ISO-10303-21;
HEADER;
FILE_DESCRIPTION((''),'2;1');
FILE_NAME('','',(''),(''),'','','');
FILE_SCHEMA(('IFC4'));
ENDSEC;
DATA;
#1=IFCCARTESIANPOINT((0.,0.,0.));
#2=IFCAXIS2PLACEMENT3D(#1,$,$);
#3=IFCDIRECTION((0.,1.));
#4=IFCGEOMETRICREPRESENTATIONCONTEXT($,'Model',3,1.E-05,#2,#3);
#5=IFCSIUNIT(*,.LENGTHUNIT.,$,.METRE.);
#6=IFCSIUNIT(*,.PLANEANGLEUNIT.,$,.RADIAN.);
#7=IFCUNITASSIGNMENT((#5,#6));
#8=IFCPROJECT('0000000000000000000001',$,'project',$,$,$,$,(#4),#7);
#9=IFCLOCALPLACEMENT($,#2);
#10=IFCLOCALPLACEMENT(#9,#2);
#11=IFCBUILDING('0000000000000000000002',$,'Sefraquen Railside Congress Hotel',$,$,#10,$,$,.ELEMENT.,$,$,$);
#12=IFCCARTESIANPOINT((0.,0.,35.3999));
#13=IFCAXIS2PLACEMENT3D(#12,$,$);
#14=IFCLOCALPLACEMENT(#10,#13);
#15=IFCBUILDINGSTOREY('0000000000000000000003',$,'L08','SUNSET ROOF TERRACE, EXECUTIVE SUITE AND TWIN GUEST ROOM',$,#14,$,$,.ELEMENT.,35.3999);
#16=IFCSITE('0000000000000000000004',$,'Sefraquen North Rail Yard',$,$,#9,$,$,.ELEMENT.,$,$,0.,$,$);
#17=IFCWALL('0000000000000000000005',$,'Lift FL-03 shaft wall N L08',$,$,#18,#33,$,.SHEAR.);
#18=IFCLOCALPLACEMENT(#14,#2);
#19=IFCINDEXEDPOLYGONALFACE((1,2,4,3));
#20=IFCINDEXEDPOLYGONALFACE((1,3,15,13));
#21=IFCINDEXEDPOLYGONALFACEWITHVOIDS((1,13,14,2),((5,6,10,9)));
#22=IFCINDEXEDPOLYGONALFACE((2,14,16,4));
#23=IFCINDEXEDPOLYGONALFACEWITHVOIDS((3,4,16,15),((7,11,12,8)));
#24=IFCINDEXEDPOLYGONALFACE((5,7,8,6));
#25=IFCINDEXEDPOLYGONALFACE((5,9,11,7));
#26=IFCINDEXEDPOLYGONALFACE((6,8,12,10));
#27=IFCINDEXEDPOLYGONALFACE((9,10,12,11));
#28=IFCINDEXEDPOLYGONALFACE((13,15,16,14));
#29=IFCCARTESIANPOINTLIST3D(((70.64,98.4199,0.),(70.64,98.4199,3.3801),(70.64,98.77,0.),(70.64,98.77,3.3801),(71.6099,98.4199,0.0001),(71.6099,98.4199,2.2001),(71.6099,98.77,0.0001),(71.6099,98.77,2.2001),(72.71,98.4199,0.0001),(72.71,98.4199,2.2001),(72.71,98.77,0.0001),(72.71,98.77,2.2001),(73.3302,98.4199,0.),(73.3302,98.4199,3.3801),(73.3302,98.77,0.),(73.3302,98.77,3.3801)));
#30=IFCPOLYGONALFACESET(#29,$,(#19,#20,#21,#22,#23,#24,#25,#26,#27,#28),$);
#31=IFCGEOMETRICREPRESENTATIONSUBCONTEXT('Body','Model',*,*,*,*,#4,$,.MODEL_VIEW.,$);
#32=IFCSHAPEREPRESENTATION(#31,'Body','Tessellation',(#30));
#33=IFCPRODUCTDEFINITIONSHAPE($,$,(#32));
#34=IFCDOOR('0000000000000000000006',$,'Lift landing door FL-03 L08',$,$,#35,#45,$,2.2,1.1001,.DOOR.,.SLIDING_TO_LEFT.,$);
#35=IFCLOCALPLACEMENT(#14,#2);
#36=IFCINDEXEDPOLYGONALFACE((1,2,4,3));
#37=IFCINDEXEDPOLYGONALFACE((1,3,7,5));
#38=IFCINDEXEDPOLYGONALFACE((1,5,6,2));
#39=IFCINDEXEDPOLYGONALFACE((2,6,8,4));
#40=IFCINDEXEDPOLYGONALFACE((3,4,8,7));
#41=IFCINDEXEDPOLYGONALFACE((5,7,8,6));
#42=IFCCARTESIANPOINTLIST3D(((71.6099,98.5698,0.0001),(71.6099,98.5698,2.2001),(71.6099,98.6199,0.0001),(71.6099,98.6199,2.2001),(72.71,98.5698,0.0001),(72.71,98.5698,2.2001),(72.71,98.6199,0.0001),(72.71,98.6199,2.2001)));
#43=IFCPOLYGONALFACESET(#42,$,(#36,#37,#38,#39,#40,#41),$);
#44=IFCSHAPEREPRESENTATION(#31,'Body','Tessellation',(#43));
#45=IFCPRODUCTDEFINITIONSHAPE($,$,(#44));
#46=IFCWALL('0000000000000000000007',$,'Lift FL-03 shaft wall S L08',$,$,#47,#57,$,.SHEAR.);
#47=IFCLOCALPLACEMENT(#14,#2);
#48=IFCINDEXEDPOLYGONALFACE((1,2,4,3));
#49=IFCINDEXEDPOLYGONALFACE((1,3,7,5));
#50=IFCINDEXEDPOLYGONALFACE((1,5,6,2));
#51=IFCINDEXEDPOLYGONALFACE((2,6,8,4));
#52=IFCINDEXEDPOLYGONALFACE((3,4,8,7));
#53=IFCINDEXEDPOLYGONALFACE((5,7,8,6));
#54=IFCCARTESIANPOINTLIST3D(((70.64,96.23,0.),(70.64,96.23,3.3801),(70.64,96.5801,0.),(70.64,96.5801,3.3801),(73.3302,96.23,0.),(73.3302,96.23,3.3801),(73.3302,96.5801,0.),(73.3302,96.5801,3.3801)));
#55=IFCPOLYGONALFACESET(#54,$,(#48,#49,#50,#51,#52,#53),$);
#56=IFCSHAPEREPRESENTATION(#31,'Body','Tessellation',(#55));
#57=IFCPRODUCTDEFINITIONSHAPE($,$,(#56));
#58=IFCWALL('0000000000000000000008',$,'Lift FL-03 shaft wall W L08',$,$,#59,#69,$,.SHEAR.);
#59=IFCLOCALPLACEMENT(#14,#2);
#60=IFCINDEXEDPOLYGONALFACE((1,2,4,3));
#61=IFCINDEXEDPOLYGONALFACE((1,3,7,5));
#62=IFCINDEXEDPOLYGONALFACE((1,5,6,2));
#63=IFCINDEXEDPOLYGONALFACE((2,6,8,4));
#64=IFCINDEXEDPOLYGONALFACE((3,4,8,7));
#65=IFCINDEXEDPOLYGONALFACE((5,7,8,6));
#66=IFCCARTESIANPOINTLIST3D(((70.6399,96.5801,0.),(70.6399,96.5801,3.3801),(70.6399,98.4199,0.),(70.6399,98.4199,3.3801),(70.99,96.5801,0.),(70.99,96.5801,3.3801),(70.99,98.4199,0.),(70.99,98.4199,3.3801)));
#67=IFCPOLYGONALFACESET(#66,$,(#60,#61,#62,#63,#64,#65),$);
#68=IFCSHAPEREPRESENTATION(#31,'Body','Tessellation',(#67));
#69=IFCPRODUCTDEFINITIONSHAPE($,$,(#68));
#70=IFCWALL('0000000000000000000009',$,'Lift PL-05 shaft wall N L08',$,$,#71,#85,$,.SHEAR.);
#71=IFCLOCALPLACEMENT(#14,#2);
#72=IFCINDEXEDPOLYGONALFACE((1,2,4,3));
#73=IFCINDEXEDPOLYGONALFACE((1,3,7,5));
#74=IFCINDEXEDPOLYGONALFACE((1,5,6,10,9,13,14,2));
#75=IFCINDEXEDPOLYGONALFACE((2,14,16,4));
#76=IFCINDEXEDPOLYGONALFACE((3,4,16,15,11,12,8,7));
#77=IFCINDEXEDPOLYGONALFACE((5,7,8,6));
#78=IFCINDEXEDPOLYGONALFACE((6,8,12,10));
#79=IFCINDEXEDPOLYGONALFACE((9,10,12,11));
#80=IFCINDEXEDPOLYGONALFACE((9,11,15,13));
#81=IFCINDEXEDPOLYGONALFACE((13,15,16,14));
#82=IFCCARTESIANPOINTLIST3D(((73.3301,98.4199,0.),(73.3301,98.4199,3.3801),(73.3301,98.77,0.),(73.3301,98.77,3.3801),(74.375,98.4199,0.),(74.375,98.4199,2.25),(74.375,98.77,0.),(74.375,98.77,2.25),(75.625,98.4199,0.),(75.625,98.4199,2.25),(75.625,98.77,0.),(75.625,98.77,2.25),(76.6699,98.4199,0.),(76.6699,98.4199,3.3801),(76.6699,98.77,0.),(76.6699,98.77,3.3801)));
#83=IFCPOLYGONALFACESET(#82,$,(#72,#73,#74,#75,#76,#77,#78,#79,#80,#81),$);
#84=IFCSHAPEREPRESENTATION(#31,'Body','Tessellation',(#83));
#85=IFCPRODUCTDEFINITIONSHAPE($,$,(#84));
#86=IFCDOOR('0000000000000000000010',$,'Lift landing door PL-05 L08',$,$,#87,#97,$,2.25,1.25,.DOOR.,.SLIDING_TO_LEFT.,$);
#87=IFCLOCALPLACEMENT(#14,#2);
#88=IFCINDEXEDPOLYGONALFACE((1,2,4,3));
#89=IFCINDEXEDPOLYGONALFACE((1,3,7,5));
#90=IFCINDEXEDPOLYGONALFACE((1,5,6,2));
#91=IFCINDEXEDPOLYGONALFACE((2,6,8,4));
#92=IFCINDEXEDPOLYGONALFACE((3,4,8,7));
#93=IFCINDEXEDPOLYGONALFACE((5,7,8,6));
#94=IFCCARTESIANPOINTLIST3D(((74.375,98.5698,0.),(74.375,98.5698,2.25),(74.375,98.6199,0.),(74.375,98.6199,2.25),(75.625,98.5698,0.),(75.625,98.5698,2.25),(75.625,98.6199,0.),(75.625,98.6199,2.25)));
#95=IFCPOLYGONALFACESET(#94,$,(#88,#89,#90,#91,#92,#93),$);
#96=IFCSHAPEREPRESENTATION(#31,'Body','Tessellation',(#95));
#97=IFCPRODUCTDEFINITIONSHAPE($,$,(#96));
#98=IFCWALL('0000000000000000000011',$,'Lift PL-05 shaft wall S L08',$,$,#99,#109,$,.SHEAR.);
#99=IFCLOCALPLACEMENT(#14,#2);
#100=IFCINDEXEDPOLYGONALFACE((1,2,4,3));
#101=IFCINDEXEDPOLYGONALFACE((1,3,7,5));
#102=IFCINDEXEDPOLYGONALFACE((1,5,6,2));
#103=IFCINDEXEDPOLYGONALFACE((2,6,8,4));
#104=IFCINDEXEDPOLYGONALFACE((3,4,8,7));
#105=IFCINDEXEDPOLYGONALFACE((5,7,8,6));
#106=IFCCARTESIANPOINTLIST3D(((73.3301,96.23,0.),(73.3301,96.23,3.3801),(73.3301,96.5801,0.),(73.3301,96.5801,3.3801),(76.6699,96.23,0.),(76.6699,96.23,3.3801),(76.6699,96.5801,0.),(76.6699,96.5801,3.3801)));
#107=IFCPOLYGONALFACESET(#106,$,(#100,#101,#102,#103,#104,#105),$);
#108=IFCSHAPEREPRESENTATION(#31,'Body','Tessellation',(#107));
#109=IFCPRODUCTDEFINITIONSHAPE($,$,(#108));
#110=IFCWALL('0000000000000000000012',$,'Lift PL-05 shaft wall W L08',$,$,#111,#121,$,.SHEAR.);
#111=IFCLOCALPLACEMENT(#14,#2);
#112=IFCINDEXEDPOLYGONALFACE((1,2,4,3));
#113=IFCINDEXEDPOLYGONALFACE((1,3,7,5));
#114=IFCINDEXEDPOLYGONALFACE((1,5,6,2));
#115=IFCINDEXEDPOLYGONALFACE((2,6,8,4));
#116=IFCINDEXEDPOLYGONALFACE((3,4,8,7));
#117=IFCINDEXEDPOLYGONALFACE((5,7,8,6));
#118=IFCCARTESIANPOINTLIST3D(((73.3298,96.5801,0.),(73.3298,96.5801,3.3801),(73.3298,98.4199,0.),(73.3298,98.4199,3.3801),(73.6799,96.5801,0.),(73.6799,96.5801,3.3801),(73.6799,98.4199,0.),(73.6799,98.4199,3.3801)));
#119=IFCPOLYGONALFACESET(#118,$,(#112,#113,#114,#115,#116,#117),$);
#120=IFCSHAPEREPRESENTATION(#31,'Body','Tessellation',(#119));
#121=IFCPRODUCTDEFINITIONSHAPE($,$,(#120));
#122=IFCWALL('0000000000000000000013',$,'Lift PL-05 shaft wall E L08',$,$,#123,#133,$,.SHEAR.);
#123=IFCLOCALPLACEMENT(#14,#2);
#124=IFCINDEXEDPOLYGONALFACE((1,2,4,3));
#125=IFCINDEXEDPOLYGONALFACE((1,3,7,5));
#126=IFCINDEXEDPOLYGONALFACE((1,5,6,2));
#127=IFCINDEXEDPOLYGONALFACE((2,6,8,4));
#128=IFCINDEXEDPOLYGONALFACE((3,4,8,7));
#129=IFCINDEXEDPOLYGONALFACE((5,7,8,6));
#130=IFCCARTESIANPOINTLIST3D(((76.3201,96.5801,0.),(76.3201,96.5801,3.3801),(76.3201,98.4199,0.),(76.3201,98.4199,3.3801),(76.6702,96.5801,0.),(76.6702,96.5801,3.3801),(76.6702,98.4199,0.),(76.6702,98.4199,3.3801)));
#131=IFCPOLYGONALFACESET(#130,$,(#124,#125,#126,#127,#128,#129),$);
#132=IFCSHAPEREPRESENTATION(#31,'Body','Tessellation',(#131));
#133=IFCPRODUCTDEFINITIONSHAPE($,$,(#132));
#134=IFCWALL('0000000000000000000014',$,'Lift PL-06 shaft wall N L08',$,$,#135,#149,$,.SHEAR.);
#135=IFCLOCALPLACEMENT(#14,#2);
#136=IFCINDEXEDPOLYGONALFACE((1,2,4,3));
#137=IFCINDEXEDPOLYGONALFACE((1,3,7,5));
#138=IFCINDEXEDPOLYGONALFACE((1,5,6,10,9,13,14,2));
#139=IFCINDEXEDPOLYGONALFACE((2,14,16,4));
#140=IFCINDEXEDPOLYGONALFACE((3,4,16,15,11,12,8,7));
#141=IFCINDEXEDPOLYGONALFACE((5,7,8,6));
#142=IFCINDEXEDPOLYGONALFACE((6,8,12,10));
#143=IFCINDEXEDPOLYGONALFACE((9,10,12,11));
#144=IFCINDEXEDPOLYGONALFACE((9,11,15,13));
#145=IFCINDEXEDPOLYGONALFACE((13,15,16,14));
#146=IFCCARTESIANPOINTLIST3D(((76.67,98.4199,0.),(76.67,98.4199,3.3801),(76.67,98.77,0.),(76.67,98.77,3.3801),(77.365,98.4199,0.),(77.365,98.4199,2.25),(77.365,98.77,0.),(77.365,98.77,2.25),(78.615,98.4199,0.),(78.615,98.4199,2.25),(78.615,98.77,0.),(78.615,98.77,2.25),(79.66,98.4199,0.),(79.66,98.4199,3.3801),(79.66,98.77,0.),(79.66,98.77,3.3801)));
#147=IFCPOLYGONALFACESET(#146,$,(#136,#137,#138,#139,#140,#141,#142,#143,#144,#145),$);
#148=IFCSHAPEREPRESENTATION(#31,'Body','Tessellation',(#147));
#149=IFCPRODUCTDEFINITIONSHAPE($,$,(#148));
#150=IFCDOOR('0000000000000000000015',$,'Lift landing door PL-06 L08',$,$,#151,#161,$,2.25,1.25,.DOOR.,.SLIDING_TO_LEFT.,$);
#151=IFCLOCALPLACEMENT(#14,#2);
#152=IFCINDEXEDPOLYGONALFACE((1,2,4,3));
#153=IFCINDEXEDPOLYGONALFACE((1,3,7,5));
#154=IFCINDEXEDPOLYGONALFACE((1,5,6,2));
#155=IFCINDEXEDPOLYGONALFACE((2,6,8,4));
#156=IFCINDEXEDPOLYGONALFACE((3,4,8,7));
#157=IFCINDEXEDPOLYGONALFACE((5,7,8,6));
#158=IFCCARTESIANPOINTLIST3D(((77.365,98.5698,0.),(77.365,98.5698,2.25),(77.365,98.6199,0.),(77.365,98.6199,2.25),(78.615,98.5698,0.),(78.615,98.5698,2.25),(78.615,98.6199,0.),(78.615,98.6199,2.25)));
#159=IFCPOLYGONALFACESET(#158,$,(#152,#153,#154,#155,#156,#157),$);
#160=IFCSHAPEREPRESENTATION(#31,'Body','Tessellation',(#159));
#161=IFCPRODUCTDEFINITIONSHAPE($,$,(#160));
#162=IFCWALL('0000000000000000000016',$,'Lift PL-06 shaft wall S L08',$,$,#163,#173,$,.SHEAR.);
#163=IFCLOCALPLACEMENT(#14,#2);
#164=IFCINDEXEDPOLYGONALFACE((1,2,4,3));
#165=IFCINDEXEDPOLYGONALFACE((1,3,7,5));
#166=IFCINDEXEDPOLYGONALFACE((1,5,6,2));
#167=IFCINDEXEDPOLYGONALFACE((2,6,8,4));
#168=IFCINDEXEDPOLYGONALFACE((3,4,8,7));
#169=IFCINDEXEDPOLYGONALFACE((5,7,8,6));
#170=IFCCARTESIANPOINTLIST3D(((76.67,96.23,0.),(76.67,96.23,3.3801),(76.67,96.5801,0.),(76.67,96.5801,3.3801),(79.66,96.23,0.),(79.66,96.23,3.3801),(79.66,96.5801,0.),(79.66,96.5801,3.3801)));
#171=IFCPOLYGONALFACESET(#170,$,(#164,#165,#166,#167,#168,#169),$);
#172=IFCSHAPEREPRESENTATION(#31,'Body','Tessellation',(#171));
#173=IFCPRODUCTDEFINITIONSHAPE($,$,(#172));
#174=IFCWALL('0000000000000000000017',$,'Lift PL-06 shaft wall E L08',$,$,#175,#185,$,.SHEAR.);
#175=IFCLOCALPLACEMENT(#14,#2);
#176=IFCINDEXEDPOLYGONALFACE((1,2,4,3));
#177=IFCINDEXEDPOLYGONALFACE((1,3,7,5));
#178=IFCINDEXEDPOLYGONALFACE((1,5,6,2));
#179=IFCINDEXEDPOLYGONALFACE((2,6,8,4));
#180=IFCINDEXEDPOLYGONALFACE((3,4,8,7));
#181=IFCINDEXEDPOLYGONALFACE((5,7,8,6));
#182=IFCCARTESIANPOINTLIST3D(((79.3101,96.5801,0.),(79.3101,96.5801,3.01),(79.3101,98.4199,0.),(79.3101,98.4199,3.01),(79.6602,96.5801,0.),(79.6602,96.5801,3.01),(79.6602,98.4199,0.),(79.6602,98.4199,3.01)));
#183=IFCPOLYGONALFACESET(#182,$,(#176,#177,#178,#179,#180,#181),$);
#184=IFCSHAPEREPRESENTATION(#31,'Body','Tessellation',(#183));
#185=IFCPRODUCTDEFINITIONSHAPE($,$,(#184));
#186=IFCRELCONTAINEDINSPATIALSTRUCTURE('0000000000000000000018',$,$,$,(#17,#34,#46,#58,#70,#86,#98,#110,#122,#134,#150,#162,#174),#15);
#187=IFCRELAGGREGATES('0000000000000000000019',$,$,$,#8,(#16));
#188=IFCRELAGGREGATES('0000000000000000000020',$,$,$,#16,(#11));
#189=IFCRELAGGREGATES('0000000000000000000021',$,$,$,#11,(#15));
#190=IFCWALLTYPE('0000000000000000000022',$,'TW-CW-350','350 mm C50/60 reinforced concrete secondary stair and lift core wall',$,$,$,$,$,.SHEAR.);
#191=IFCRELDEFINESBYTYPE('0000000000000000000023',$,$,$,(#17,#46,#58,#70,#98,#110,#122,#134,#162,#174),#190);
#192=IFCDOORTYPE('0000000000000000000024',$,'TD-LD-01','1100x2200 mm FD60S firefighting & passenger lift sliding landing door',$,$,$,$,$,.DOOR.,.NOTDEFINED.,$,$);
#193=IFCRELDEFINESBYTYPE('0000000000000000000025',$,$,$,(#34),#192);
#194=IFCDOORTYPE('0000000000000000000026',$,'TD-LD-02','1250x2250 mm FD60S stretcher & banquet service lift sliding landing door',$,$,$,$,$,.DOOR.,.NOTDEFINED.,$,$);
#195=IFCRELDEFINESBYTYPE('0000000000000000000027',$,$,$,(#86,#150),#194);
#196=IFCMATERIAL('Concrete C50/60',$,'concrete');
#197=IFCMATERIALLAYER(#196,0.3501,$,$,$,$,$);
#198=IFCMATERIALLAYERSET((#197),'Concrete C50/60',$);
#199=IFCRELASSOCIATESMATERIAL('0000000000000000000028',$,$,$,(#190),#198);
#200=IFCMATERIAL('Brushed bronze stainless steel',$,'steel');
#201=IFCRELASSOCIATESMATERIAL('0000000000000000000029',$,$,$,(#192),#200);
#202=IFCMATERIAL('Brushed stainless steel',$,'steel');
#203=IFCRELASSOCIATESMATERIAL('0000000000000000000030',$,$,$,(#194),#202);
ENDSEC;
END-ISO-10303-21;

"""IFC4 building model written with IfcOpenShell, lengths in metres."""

from ifc_helpers import new_model, si_unit, direction, frame, frame_2d, origin, place, context, subcontext, project, spatial, rectangle, extrude, material, layer, layer_set, type_object, element, fill, save


model = new_model("IFC4")

# Units and contexts
model_context = context("Model", 3, precision=1e-05, world=origin(), true_north=direction((0.0, 1.0)))
body_context = subcontext(model_context, "Body", "Model", "MODEL_VIEW")
ifc_project = project(units=[si_unit("LENGTHUNIT", "METRE"), si_unit("PLANEANGLEUNIT", "RADIAN")], contexts=[model_context])

# Site, building, storey
site_placement = place(None, origin())
site = spatial("IfcSite", under=ifc_project, at=site_placement, Name="Sefraquen North Rail Yard", CompositionType="ELEMENT", RefElevation=0.0)
building_placement = place(site_placement, origin())
building = spatial("IfcBuilding", under=site, at=building_placement, Name="Sefraquen Railside Congress Hotel", CompositionType="ELEMENT")
storey_placement = place(building_placement, frame((0.0, 0.0, 35.3999)))
storey = spatial("IfcBuildingStorey", under=building, at=storey_placement, Name="L08", Description="SUNSET ROOF TERRACE, EXECUTIVE SUITE AND TWIN GUEST ROOM", CompositionType="ELEMENT", Elevation=35.3999)

# Wall, opening, door
ifc_material_1 = material(Name="Concrete C50/60", Category="concrete")
ifc_layer_1 = layer(ifc_material_1, 0.3501)
ifc_layer_set_1 = layer_set([ifc_layer_1], Name="Concrete C50/60")
wall_type_1 = type_object("IfcWallType", Name="TW-CW-350", Description="350 mm C50/60 reinforced concrete secondary stair and lift core wall", PredefinedType="SHEAR", material=ifc_layer_set_1)
wall_1_placement = place(storey_placement, frame((70.6399, 98.595, 0.0), z_axis=(0.0, 0.0, 1.0), x_axis=(1.0, 0.0, 0.0)))
wall_1 = element("IfcWall", 1, at=wall_1_placement, inside=storey, type_object=wall_type_1, Name="Lift FL-03 shaft wall N L08", PredefinedType="SHEAR", context=body_context, shape_type="SweptSolid", body=[
    extrude(rectangle(XDim=2.6902, YDim=0.3501, at=frame_2d((1.3452, 0.0))), origin(), (0.0, 0.0, 1.0), 3.3801),
])
opening_1_placement = place(wall_1_placement, frame((0.97, 0.0, 0.0)))
opening_1 = element("IfcOpeningElement", 2, at=opening_1_placement, cuts=wall_1, PredefinedType="OPENING", context=body_context, shape_type="SweptSolid", body=[
    extrude(rectangle(XDim=1.1001, YDim=2.2, at=frame_2d((0.55, 1.1001))), frame((0.0, 0.1851, 0.0), z_axis=(0.0, -1.0, 0.0), x_axis=(1.0, 0.0, 0.0)), (0.0, 0.0, 1.0), 0.3701),
])
ifc_material_2 = material(Name="Brushed bronze stainless steel", Category="steel")
door_type_1 = type_object("IfcDoorType", Name="TD-LD-01", Description="1100x2200 mm FD60S firefighting & passenger lift sliding landing door", OperationType="NOTDEFINED", PredefinedType="DOOR", material=ifc_material_2)
door_1_placement = place(opening_1_placement, origin())
door_1 = element("IfcDoor", 3, at=door_1_placement, inside=storey, type_object=door_type_1, Name="Lift landing door FL-03 L08", OperationType="SLIDING_TO_LEFT", OverallHeight=2.2, OverallWidth=1.1001, PredefinedType="DOOR", context=body_context, shape_type="SweptSolid", body=[
    extrude(rectangle(XDim=1.1001, YDim=2.2, at=frame_2d((0.55, 1.1001))), frame((0.0, 0.0249, 0.0), z_axis=(0.0, -1.0, 0.0), x_axis=(1.0, 0.0, 0.0)), (0.0, 0.0, 1.0), 0.05),
])
fill(opening_1, door_1)

# Walls
wall_2_placement = place(storey_placement, frame((70.6399, 96.405, 0.0), z_axis=(0.0, 0.0, 1.0), x_axis=(1.0, 0.0, 0.0)))
element("IfcWall", 4, at=wall_2_placement, inside=storey, type_object=wall_type_1, Name="Lift FL-03 shaft wall S L08", PredefinedType="SHEAR", context=body_context, shape_type="SweptSolid", body=[
    extrude(rectangle(XDim=2.6902, YDim=0.3501, at=frame_2d((1.3452, 0.0))), origin(), (0.0, 0.0, 1.0), 3.3801),
])
wall_3_placement = place(storey_placement, frame((70.8149, 96.5801, 0.0), z_axis=(0.0, 0.0, 1.0), x_axis=(0.0, 1.0, 0.0)))
element("IfcWall", 5, at=wall_3_placement, inside=storey, type_object=wall_type_1, Name="Lift FL-03 shaft wall W L08", PredefinedType="SHEAR", context=body_context, shape_type="SweptSolid", body=[
    extrude(rectangle(XDim=1.8398, YDim=0.3501, at=frame_2d((0.9199, 0.0))), origin(), (0.0, 0.0, 1.0), 3.3801),
])

# Wall, opening, door
wall_4_placement = place(storey_placement, frame((73.3301, 98.595, 0.0), z_axis=(0.0, 0.0, 1.0), x_axis=(1.0, 0.0, 0.0)))
wall_4 = element("IfcWall", 6, at=wall_4_placement, inside=storey, type_object=wall_type_1, Name="Lift PL-05 shaft wall N L08", PredefinedType="SHEAR", context=body_context, shape_type="SweptSolid", body=[
    extrude(rectangle(XDim=3.3398, YDim=0.3501, at=frame_2d((1.6699, 0.0))), origin(), (0.0, 0.0, 1.0), 3.3801),
])
opening_2_placement = place(wall_4_placement, frame((1.0449, 0.0, 0.0)))
opening_2 = element("IfcOpeningElement", 7, at=opening_2_placement, cuts=wall_4, PredefinedType="OPENING", context=body_context, shape_type="SweptSolid", body=[
    extrude(rectangle(XDim=1.25, YDim=2.25, at=frame_2d((0.625, 1.125))), frame((0.0, 0.1851, 0.0), z_axis=(0.0, -1.0, 0.0), x_axis=(1.0, 0.0, 0.0)), (0.0, 0.0, 1.0), 0.3701),
])
ifc_material_3 = material(Name="Brushed stainless steel", Category="steel")
door_type_2 = type_object("IfcDoorType", Name="TD-LD-02", Description="1250x2250 mm FD60S stretcher & banquet service lift sliding landing door", OperationType="NOTDEFINED", PredefinedType="DOOR", material=ifc_material_3)
door_2_placement = place(opening_2_placement, origin())
door_2 = element("IfcDoor", 8, at=door_2_placement, inside=storey, type_object=door_type_2, Name="Lift landing door PL-05 L08", OperationType="SLIDING_TO_LEFT", OverallHeight=2.25, OverallWidth=1.25, PredefinedType="DOOR", context=body_context, shape_type="SweptSolid", body=[
    extrude(rectangle(XDim=1.25, YDim=2.25, at=frame_2d((0.625, 1.125))), frame((0.0, 0.0249, 0.0), z_axis=(0.0, -1.0, 0.0), x_axis=(1.0, 0.0, 0.0)), (0.0, 0.0, 1.0), 0.05),
])
fill(opening_2, door_2)

# Walls
wall_5_placement = place(storey_placement, frame((73.3301, 96.405, 0.0), z_axis=(0.0, 0.0, 1.0), x_axis=(1.0, 0.0, 0.0)))
element("IfcWall", 9, at=wall_5_placement, inside=storey, type_object=wall_type_1, Name="Lift PL-05 shaft wall S L08", PredefinedType="SHEAR", context=body_context, shape_type="SweptSolid", body=[
    extrude(rectangle(XDim=3.3398, YDim=0.3501, at=frame_2d((1.6699, 0.0))), origin(), (0.0, 0.0, 1.0), 3.3801),
])
for number, where, z_axis, x_axis, name in (
    (10, (73.5049, 96.5801, 0.0), (0.0, 0.0, 1.0), (0.0, 1.0, 0.0), "Lift PL-05 shaft wall W L08"),
    (11, (76.4951, 96.5801, 0.0), (0.0, 0.0, 1.0), (0.0, 1.0, 0.0), "Lift PL-05 shaft wall E L08"),
):
    element("IfcWall", number, at=place(storey_placement, frame(where, z_axis=z_axis, x_axis=x_axis)), inside=storey, type_object=wall_type_1, Name=name, PredefinedType="SHEAR", context=body_context, shape_type="SweptSolid", body=[
        extrude(rectangle(XDim=1.8398, YDim=0.3501, at=frame_2d((0.9199, 0.0))), origin(), (0.0, 0.0, 1.0), 3.3801),
    ])

# Wall, opening, door
wall_6_placement = place(storey_placement, frame((76.6699, 98.595, 0.0), z_axis=(0.0, 0.0, 1.0), x_axis=(1.0, 0.0, 0.0)))
wall_6 = element("IfcWall", 12, at=wall_6_placement, inside=storey, type_object=wall_type_1, Name="Lift PL-06 shaft wall N L08", PredefinedType="SHEAR", context=body_context, shape_type="SweptSolid", body=[
    extrude(rectangle(XDim=2.99, YDim=0.3501, at=frame_2d((1.4951, 0.0))), origin(), (0.0, 0.0, 1.0), 3.3801),
])
opening_3_placement = place(wall_6_placement, frame((0.6951, 0.0, 0.0)))
opening_3 = element("IfcOpeningElement", 13, at=opening_3_placement, cuts=wall_6, PredefinedType="OPENING", context=body_context, shape_type="SweptSolid", body=[
    extrude(rectangle(XDim=1.25, YDim=2.25, at=frame_2d((0.625, 1.125))), frame((0.0, 0.1851, 0.0), z_axis=(0.0, -1.0, 0.0), x_axis=(1.0, 0.0, 0.0)), (0.0, 0.0, 1.0), 0.3701),
])
door_3_placement = place(opening_3_placement, origin())
door_3 = element("IfcDoor", 14, at=door_3_placement, inside=storey, type_object=door_type_2, Name="Lift landing door PL-06 L08", OperationType="SLIDING_TO_LEFT", OverallHeight=2.25, OverallWidth=1.25, PredefinedType="DOOR", context=body_context, shape_type="SweptSolid", body=[
    extrude(rectangle(XDim=1.25, YDim=2.25, at=frame_2d((0.625, 1.125))), frame((0.0, 0.0249, 0.0), z_axis=(0.0, -1.0, 0.0), x_axis=(1.0, 0.0, 0.0)), (0.0, 0.0, 1.0), 0.05),
])
fill(opening_3, door_3)

# Walls
wall_7_placement = place(storey_placement, frame((76.6699, 96.405, 0.0), z_axis=(0.0, 0.0, 1.0), x_axis=(1.0, 0.0, 0.0)))
element("IfcWall", 15, at=wall_7_placement, inside=storey, type_object=wall_type_1, Name="Lift PL-06 shaft wall S L08", PredefinedType="SHEAR", context=body_context, shape_type="SweptSolid", body=[
    extrude(rectangle(XDim=2.99, YDim=0.3501, at=frame_2d((1.4951, 0.0))), origin(), (0.0, 0.0, 1.0), 3.3801),
])
wall_8_placement = place(storey_placement, frame((79.4851, 96.5801, 0.0), z_axis=(0.0, 0.0, 1.0), x_axis=(0.0, 1.0, 0.0)))
element("IfcWall", 16, at=wall_8_placement, inside=storey, type_object=wall_type_1, Name="Lift PL-06 shaft wall E L08", PredefinedType="SHEAR", context=body_context, shape_type="SweptSolid", body=[
    extrude(rectangle(XDim=1.8398, YDim=0.3501, at=frame_2d((0.9199, 0.0))), origin(), (0.0, 0.0, 1.0), 3.01),
])

save(model, "model.ifc")
